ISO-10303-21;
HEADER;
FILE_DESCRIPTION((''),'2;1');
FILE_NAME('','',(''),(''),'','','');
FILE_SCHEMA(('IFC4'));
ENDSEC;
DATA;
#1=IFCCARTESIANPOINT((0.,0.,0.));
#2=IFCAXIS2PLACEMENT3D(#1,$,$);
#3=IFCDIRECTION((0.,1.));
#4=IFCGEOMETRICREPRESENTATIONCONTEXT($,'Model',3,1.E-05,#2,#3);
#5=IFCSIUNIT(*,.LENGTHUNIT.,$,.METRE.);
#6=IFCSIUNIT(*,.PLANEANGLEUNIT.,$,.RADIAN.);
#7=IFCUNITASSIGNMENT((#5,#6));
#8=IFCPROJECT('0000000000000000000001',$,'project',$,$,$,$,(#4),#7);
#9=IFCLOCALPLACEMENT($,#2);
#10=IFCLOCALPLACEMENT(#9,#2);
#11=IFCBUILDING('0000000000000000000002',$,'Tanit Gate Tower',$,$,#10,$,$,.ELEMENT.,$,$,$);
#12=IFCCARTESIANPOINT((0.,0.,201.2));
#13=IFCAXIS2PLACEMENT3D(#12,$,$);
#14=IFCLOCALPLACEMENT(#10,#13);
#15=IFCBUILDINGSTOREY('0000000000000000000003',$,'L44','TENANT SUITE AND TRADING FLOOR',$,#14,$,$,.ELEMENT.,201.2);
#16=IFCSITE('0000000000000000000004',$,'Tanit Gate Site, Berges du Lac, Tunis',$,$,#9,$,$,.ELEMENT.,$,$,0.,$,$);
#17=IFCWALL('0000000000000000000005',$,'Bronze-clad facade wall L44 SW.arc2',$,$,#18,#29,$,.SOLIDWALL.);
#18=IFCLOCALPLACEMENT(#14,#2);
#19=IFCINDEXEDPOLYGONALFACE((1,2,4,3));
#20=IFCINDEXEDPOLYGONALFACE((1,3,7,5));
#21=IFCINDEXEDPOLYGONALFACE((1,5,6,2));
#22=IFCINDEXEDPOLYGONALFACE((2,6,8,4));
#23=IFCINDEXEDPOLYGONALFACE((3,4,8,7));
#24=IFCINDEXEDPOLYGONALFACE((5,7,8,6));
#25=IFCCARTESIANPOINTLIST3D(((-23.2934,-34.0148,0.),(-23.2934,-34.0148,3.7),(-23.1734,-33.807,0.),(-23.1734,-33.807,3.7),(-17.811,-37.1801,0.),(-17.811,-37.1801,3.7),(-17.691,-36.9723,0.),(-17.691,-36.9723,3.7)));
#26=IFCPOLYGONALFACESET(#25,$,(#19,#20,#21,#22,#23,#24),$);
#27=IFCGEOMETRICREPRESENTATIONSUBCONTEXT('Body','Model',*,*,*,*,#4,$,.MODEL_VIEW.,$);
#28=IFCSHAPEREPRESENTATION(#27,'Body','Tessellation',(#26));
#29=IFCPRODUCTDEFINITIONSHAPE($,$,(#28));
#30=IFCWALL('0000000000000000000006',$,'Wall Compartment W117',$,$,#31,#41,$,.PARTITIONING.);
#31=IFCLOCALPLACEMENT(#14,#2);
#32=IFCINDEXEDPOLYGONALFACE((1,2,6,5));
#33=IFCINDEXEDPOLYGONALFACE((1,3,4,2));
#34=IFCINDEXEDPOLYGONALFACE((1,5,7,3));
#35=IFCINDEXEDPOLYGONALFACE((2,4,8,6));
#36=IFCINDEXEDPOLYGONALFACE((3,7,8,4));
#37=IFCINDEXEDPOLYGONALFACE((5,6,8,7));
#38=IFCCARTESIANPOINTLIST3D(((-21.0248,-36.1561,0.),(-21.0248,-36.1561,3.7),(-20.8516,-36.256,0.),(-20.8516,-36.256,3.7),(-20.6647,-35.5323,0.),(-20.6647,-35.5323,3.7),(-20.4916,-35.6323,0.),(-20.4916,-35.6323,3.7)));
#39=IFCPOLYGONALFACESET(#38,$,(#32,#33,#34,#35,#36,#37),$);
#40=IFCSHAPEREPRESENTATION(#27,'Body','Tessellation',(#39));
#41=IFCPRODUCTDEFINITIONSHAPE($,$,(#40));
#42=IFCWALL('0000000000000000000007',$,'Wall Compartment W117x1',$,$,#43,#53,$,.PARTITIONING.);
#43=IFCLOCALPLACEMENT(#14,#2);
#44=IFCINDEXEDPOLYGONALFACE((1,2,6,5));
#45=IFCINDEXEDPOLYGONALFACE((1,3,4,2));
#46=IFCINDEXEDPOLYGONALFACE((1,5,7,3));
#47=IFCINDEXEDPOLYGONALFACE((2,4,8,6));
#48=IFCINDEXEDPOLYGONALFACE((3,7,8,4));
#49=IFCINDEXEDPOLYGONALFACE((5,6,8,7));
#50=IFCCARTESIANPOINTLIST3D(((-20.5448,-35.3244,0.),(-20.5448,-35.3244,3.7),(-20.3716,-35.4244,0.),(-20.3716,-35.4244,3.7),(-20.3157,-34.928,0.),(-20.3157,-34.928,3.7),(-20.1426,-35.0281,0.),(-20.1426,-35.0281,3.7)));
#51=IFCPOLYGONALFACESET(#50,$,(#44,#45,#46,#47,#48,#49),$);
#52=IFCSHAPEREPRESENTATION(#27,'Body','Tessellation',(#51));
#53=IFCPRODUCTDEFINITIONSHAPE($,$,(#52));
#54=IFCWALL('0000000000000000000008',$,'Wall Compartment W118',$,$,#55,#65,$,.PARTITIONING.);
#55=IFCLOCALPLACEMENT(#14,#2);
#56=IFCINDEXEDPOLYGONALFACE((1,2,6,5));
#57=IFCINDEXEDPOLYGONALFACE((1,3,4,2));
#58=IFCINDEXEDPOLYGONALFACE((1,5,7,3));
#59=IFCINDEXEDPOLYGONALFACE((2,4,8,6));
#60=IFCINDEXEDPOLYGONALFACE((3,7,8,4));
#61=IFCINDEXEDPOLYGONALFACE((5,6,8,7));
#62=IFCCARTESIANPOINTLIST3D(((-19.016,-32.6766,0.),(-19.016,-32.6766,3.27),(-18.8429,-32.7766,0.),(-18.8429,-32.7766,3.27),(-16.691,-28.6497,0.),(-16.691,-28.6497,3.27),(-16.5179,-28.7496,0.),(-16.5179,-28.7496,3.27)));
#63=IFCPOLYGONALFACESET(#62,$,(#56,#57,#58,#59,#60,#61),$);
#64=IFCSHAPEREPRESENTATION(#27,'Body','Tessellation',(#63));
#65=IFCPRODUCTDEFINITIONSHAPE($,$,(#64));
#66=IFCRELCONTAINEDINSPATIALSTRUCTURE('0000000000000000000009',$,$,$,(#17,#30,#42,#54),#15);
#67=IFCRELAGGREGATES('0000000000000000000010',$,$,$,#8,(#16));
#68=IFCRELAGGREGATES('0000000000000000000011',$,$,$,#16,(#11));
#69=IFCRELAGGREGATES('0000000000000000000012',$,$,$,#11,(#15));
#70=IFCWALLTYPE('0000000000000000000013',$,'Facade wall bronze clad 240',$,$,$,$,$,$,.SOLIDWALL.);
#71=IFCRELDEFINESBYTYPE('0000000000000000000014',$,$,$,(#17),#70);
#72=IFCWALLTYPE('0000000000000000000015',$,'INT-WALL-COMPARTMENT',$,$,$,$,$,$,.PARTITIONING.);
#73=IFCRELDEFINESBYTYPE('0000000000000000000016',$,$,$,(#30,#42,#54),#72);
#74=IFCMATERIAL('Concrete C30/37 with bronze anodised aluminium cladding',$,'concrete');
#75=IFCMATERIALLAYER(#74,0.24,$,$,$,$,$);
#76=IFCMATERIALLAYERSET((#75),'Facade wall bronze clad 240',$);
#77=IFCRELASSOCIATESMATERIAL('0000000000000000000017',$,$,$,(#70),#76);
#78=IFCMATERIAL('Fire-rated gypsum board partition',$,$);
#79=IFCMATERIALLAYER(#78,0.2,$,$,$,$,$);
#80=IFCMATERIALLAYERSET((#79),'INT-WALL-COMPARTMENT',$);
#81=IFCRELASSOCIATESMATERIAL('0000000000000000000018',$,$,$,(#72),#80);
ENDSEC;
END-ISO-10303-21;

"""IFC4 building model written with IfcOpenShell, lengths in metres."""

from ifc_helpers import new_model, si_unit, direction, frame, frame_2d, origin, place, context, subcontext, project, spatial, rectangle, extrude, material, layer, layer_set, type_object, element, save


model = new_model("IFC4")

# Units and contexts
model_context = context("Model", 3, precision=1e-05, world=origin(), true_north=direction((0.0, 1.0)))
body_context = subcontext(model_context, "Body", "Model", "MODEL_VIEW")
ifc_project = project(units=[si_unit("LENGTHUNIT", "METRE"), si_unit("PLANEANGLEUNIT", "RADIAN")], contexts=[model_context])

# Site, building, storey
site_placement = place(None, origin())
site = spatial("IfcSite", under=ifc_project, at=site_placement, Name="Tanit Gate Site, Berges du Lac, Tunis", CompositionType="ELEMENT", RefElevation=0.0)
building_placement = place(site_placement, origin())
building = spatial("IfcBuilding", under=site, at=building_placement, Name="Tanit Gate Tower", CompositionType="ELEMENT")
storey_placement = place(building_placement, frame((0.0, 0.0, 201.2)))
storey = spatial("IfcBuildingStorey", under=building, at=storey_placement, Name="L44", Description="TENANT SUITE AND TRADING FLOOR", CompositionType="ELEMENT", Elevation=201.2)

# Walls
ifc_material_1 = material(Name="Concrete C30/37 with bronze anodised aluminium cladding", Category="concrete")
ifc_layer_1 = layer(ifc_material_1, 0.24)
ifc_layer_set_1 = layer_set([ifc_layer_1], Name="Facade wall bronze clad 240")
wall_type_1 = type_object("IfcWallType", Name="Facade wall bronze clad 240", PredefinedType="SOLIDWALL", material=ifc_layer_set_1)
wall_1_placement = place(storey_placement, frame((-23.2334, -33.9109, 0.0), z_axis=(0.0, 0.0, 1.0), x_axis=(0.866025, -0.500001, 0.0)))
element("IfcWall", 1, at=wall_1_placement, inside=storey, type_object=wall_type_1, Name="Bronze-clad facade wall L44 SW.arc2", PredefinedType="SOLIDWALL", context=body_context, shape_type="SweptSolid", body=[
    extrude(rectangle(XDim=6.3306, YDim=0.24, at=frame_2d((3.1653, 0.0))), origin(), (0.0, 0.0, 1.0), 3.7),
])
ifc_material_2 = material(Name="Fire-rated gypsum board partition")
ifc_layer_2 = layer(ifc_material_2, 0.2)
ifc_layer_set_2 = layer_set([ifc_layer_2], Name="INT-WALL-COMPARTMENT")
wall_type_2 = type_object("IfcWallType", Name="INT-WALL-COMPARTMENT", PredefinedType="PARTITIONING", material=ifc_layer_set_2)
wall_2_placement = place(storey_placement, frame((-20.9382, -36.2061, 0.0), z_axis=(0.0, 0.0, 1.0), x_axis=(0.499967, 0.866044, 0.0)))
element("IfcWall", 2, at=wall_2_placement, inside=storey, type_object=wall_type_2, Name="Wall Compartment W117", PredefinedType="PARTITIONING", context=body_context, shape_type="SweptSolid", body=[
    extrude(rectangle(XDim=0.7202, YDim=0.2, at=frame_2d((0.3601, 0.0))), origin(), (0.0, 0.0, 1.0), 3.7),
])
wall_3_placement = place(storey_placement, frame((-20.4583, -35.3745, 0.0), z_axis=(0.0, 0.0, 1.0), x_axis=(0.500384, 0.865803, 0.0)))
element("IfcWall", 3, at=wall_3_placement, inside=storey, type_object=wall_type_2, Name="Wall Compartment W117x1", PredefinedType="PARTITIONING", context=body_context, shape_type="SweptSolid", body=[
    extrude(rectangle(XDim=0.4578, YDim=0.2, at=frame_2d((0.229, 0.0))), origin(), (0.0, 0.0, 1.0), 3.7),
])
wall_4_placement = place(storey_placement, frame((-18.9294, -32.7266, 0.0), z_axis=(0.0, 0.0, 1.0), x_axis=(0.500007, 0.866021, 0.0)))
element("IfcWall", 4, at=wall_4_placement, inside=storey, type_object=wall_type_2, Name="Wall Compartment W118", PredefinedType="PARTITIONING", context=body_context, shape_type="SweptSolid", body=[
    extrude(rectangle(XDim=4.6499, YDim=0.2, at=frame_2d((2.325, 0.0))), origin(), (0.0, 0.0, 1.0), 3.27),
])

save(model, "model.ifc")
